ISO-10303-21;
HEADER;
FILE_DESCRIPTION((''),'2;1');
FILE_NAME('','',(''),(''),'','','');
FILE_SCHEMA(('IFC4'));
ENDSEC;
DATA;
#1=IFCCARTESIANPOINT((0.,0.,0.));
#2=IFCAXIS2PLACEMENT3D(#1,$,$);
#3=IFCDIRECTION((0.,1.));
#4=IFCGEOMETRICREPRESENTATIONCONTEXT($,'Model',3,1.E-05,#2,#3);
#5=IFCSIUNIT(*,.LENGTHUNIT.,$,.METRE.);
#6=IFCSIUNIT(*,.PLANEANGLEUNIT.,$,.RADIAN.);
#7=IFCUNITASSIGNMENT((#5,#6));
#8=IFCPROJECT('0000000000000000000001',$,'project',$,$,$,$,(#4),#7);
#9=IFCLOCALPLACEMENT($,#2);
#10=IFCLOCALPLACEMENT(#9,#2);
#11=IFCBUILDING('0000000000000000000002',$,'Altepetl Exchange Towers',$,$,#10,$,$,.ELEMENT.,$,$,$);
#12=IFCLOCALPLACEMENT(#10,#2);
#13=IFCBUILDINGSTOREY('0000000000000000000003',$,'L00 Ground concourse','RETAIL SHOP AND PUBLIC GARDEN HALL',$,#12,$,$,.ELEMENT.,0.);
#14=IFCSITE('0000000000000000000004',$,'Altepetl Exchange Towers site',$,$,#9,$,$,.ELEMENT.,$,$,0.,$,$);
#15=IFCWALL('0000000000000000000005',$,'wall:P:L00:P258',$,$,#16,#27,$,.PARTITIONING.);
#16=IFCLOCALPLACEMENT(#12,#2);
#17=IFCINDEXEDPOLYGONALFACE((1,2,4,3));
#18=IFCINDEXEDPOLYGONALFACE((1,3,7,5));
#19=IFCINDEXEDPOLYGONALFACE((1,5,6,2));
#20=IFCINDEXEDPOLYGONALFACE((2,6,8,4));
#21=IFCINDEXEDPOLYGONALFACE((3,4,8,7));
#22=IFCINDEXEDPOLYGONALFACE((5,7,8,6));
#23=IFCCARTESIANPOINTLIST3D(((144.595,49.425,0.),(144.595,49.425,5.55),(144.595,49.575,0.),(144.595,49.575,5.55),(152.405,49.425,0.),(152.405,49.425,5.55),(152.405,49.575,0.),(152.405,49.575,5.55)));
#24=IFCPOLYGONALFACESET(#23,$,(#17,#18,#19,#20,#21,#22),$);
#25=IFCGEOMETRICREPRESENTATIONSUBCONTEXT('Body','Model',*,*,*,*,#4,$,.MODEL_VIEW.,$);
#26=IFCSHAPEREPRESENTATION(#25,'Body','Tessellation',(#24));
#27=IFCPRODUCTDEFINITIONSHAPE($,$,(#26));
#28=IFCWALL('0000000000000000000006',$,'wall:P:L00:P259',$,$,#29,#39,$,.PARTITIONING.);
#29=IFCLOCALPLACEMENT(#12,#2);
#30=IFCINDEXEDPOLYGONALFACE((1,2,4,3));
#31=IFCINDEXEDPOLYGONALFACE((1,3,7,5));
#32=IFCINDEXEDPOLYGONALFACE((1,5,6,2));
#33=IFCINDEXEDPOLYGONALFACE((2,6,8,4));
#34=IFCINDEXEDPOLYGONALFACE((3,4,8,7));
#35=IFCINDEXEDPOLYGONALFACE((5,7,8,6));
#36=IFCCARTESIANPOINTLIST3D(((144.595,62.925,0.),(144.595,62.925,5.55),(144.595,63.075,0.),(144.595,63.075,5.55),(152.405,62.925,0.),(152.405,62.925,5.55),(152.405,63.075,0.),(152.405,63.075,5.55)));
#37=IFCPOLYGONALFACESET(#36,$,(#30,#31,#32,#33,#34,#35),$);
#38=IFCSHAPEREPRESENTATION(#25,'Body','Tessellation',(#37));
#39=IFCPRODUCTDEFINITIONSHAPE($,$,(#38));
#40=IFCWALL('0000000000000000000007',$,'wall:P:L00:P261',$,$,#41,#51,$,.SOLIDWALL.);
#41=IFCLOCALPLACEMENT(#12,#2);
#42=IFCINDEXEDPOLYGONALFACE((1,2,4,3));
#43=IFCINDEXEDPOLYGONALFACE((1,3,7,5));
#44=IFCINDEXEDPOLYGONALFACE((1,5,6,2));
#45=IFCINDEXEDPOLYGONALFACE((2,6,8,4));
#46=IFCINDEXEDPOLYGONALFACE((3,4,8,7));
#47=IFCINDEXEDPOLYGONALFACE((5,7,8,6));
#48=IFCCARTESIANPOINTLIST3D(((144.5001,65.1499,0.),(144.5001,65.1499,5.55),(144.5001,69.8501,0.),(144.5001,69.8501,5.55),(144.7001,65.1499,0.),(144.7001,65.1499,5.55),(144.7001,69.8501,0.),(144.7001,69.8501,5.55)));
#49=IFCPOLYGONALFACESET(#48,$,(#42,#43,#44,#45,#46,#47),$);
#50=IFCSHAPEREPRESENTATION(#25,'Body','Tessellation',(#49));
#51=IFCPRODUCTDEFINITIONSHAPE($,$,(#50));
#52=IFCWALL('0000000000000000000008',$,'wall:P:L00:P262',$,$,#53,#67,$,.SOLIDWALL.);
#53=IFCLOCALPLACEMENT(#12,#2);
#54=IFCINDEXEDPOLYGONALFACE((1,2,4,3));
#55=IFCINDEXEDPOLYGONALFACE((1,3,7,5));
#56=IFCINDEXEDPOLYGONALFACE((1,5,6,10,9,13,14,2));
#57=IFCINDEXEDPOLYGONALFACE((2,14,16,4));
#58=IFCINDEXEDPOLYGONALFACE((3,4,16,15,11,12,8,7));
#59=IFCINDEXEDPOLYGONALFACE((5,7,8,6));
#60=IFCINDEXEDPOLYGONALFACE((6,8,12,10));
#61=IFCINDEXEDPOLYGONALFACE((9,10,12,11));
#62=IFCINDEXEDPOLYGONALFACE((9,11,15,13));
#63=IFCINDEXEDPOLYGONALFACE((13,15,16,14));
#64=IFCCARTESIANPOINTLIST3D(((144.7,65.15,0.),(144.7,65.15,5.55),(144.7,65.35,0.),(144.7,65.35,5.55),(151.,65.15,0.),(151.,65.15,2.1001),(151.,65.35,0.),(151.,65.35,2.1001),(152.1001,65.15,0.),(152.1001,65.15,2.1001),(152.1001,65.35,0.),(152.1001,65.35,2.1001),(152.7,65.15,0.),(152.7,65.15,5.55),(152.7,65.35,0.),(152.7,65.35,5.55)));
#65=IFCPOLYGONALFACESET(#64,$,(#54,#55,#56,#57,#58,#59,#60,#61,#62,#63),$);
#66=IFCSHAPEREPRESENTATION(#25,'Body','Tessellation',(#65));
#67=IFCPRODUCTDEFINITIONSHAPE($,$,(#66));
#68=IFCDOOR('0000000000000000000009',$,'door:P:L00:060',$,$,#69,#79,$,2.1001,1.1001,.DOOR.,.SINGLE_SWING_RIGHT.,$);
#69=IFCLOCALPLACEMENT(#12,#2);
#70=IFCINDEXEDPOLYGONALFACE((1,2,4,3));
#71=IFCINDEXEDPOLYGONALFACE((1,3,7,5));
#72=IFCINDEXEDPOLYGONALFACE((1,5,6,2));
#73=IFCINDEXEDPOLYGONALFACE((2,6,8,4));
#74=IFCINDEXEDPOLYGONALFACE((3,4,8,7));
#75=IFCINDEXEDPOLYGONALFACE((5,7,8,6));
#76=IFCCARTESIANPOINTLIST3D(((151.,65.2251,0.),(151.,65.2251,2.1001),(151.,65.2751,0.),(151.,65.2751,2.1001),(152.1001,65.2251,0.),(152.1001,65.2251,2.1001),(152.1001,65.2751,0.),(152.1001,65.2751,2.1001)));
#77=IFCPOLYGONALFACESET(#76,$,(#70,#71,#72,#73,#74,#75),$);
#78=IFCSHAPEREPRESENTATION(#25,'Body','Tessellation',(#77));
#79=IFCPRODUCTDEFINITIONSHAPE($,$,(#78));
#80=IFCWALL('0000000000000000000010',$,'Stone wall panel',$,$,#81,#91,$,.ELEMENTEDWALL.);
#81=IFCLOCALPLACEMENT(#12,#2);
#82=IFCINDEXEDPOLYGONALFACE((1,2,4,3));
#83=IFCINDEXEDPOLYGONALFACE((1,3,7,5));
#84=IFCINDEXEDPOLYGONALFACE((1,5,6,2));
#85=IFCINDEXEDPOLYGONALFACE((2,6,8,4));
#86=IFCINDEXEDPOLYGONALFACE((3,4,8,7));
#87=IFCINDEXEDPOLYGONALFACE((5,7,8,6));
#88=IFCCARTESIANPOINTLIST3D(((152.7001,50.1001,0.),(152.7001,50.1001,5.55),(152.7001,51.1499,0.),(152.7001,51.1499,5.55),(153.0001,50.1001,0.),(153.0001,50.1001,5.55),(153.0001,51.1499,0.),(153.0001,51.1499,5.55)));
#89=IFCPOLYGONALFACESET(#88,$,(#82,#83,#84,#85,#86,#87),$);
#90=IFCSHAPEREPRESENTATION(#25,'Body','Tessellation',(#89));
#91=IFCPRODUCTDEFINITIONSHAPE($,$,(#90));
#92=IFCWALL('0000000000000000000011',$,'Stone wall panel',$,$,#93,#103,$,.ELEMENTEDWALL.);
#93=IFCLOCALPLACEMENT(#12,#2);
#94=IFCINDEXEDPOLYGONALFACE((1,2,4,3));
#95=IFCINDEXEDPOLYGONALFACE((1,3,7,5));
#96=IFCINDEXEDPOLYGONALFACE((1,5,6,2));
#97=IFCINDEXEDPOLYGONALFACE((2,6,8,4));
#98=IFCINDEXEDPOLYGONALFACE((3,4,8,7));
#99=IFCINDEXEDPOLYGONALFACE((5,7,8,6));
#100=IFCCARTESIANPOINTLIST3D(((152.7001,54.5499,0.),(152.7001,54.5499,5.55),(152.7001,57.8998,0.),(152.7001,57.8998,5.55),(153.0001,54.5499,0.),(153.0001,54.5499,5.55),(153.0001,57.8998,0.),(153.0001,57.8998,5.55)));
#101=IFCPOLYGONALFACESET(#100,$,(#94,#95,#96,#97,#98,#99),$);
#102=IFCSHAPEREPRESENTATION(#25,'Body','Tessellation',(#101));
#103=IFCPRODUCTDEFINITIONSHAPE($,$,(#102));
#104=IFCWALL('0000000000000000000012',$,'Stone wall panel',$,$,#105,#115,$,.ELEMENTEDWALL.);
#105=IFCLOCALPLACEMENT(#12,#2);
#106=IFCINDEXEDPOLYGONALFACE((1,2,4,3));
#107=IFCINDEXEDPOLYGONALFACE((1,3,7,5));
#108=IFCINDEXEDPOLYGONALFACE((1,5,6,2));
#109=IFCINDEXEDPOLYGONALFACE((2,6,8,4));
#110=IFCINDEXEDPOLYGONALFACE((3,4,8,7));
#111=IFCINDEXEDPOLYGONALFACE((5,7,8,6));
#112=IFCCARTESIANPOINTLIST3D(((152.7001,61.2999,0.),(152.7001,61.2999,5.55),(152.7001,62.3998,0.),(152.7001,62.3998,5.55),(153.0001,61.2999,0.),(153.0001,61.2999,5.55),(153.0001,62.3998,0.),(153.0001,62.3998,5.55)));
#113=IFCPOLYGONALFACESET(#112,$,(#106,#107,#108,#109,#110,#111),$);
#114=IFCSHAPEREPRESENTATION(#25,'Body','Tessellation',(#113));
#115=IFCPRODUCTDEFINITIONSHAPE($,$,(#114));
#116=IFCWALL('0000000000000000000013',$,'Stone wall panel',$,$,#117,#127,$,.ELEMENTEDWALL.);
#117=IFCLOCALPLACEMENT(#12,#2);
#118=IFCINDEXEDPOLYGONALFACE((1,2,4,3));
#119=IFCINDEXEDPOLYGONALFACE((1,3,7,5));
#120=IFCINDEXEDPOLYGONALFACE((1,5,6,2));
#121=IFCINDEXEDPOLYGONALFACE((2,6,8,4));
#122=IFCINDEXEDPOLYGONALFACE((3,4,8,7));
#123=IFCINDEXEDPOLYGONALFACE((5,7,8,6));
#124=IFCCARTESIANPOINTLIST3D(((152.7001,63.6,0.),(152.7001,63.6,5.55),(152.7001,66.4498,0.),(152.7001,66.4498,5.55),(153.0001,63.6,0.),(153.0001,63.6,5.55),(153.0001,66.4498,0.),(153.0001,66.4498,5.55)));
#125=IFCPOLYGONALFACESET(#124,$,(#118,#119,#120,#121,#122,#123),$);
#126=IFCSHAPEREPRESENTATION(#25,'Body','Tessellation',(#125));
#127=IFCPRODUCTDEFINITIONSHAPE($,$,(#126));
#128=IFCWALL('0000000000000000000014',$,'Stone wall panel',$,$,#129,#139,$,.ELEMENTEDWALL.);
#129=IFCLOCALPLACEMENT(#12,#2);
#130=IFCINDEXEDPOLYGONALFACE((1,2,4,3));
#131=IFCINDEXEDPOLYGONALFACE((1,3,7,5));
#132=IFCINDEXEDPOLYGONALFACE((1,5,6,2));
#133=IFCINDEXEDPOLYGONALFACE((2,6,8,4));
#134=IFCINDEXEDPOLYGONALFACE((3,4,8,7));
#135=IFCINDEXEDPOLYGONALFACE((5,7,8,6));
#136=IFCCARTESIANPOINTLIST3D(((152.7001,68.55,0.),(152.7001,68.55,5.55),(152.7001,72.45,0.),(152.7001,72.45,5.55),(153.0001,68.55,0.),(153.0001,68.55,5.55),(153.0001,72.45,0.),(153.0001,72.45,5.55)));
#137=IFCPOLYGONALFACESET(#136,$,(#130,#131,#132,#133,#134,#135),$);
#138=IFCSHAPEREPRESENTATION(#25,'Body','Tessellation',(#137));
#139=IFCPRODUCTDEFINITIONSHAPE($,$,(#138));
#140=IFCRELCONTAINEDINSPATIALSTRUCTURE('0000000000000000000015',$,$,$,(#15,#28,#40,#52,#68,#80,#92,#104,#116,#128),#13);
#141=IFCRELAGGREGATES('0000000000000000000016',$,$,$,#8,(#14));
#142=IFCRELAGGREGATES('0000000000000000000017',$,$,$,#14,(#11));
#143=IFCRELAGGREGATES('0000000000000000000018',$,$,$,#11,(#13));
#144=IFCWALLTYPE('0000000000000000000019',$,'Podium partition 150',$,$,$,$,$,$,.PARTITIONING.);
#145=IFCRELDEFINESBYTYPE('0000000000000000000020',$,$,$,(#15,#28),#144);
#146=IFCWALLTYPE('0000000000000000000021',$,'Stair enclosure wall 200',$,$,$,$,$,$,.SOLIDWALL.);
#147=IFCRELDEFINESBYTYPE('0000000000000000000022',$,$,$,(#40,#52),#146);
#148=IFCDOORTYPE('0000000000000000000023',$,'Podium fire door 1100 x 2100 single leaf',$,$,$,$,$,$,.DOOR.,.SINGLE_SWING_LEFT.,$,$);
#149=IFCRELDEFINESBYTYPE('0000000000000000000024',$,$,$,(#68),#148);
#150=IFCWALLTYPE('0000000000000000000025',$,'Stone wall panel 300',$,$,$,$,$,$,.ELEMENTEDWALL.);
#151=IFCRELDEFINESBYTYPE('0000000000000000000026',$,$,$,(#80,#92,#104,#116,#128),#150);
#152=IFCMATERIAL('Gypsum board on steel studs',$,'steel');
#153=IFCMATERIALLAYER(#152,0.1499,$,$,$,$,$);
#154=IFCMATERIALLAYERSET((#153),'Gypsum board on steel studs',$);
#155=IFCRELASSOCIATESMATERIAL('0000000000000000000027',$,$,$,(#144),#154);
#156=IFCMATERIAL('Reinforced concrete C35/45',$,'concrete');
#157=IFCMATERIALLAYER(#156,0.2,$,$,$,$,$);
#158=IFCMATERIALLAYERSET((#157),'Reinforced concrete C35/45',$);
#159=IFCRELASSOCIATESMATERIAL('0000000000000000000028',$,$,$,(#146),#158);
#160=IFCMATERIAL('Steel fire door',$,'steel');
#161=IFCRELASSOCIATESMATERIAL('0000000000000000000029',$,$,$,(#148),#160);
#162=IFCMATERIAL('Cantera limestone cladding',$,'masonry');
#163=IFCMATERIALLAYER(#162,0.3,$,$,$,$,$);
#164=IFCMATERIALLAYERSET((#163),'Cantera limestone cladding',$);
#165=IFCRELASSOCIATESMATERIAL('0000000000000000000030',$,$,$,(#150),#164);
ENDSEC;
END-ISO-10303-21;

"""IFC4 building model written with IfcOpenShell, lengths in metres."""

from ifc_helpers import new_model, si_unit, direction, frame, frame_2d, origin, place, context, subcontext, project, spatial, rectangle, extrude, material, layer, layer_set, type_object, element, fill, save


model = new_model("IFC4")

# Units and contexts
model_context = context("Model", 3, precision=1e-05, world=origin(), true_north=direction((0.0, 1.0)))
body_context = subcontext(model_context, "Body", "Model", "MODEL_VIEW")
ifc_project = project(units=[si_unit("LENGTHUNIT", "METRE"), si_unit("PLANEANGLEUNIT", "RADIAN")], contexts=[model_context])

# Site, building, storey
site_placement = place(None, origin())
site = spatial("IfcSite", under=ifc_project, at=site_placement, Name="Altepetl Exchange Towers site", CompositionType="ELEMENT", RefElevation=0.0)
building_placement = place(site_placement, origin())
building = spatial("IfcBuilding", under=site, at=building_placement, Name="Altepetl Exchange Towers", CompositionType="ELEMENT")
storey_placement = place(building_placement, origin())
storey = spatial("IfcBuildingStorey", under=building, at=storey_placement, Name="L00 Ground concourse", Description="RETAIL SHOP AND PUBLIC GARDEN HALL", CompositionType="ELEMENT", Elevation=0.0)

# Shared definitions
ifc_material_1 = material(Name="Gypsum board on steel studs", Category="steel")
ifc_layer_1 = layer(ifc_material_1, 0.1499)
ifc_layer_set_1 = layer_set([ifc_layer_1], Name="Gypsum board on steel studs")
wall_type_1 = type_object("IfcWallType", Name="Podium partition 150", PredefinedType="PARTITIONING", material=ifc_layer_set_1)

# Walls
for number, where, name in (
    (1, (144.595, 49.5, 0.0), "wall:P:L00:P258"),
    (2, (144.595, 63.0, 0.0), "wall:P:L00:P259"),
):
    element("IfcWall", number, at=place(storey_placement, frame(where)), inside=storey, type_object=wall_type_1, Name=name, PredefinedType="PARTITIONING", context=body_context, shape_type="SweptSolid", body=[
        extrude(rectangle(XDim=7.8101, YDim=0.1499, at=frame_2d((3.905, 0.0))), origin(), (0.0, 0.0, 1.0), 5.55),
    ])
ifc_material_2 = material(Name="Reinforced concrete C35/45", Category="concrete")
ifc_layer_2 = layer(ifc_material_2, 0.2)
ifc_layer_set_2 = layer_set([ifc_layer_2], Name="Reinforced concrete C35/45")
wall_type_2 = type_object("IfcWallType", Name="Stair enclosure wall 200", PredefinedType="SOLIDWALL", material=ifc_layer_set_2)
wall_1_placement = place(storey_placement, frame((144.6001, 65.1499, 0.0), z_axis=(0.0, 0.0, 1.0), x_axis=(0.0, 1.0, 0.0)))
element("IfcWall", 3, at=wall_1_placement, inside=storey, type_object=wall_type_2, Name="wall:P:L00:P261", PredefinedType="SOLIDWALL", context=body_context, shape_type="SweptSolid", body=[
    extrude(rectangle(XDim=4.7002, YDim=0.2, at=frame_2d((2.3501, 0.0))), origin(), (0.0, 0.0, 1.0), 5.55),
])

# Wall, opening, door
wall_2_placement = place(storey_placement, frame((144.7, 65.25, 0.0)))
wall_2 = element("IfcWall", 4, at=wall_2_placement, inside=storey, type_object=wall_type_2, Name="wall:P:L00:P262", PredefinedType="SOLIDWALL", context=body_context, shape_type="SweptSolid", body=[
    extrude(rectangle(XDim=8.0, YDim=0.2, at=frame_2d((4.0, 0.0))), origin(), (0.0, 0.0, 1.0), 5.55),
])
opening_1_placement = place(wall_2_placement, frame((6.3, 0.0, 0.0)))
opening_1 = element("IfcOpeningElement", 5, at=opening_1_placement, cuts=wall_2, PredefinedType="OPENING", context=body_context, shape_type="SweptSolid", body=[
    extrude(rectangle(XDim=1.1001, YDim=2.1001, at=frame_2d((0.55, 1.05))), frame((0.0, 0.1099, 0.0), z_axis=(0.0, -1.0, 0.0), x_axis=(1.0, 0.0, 0.0)), (0.0, 0.0, 1.0), 0.22),
])
ifc_material_3 = material(Name="Steel fire door", Category="steel")
door_type_1 = type_object("IfcDoorType", Name="Podium fire door 1100 x 2100 single leaf", OperationType="SINGLE_SWING_LEFT", PredefinedType="DOOR", material=ifc_material_3)
door_1_placement = place(opening_1_placement, frame((1.1001, 0.0, 0.0), x_axis=(-1.0, 0.0, 0.0)))
door_1 = element("IfcDoor", 6, at=door_1_placement, inside=storey, type_object=door_type_1, Name="door:P:L00:060", OperationType="SINGLE_SWING_RIGHT", OverallHeight=2.1001, OverallWidth=1.1001, PredefinedType="DOOR", context=body_context, shape_type="SweptSolid", body=[
    extrude(rectangle(XDim=1.1001, YDim=2.1001, at=frame_2d((0.55, 1.05))), frame((0.0, 0.0249, 0.0), z_axis=(0.0, -1.0, 0.0), x_axis=(1.0, 0.0, 0.0)), (0.0, 0.0, 1.0), 0.05),
])
fill(opening_1, door_1)

# Walls
ifc_material_4 = material(Name="Cantera limestone cladding", Category="masonry")
ifc_layer_3 = layer(ifc_material_4, 0.3)
ifc_layer_set_3 = layer_set([ifc_layer_3], Name="Cantera limestone cladding")
wall_type_3 = type_object("IfcWallType", Name="Stone wall panel 300", PredefinedType="ELEMENTEDWALL", material=ifc_layer_set_3)
wall_3_placement = place(storey_placement, frame((152.8501, 50.1001, 0.0), z_axis=(0.0, 0.0, 1.0), x_axis=(0.0, 1.0, 0.0)))
element("IfcWall", 7, at=wall_3_placement, inside=storey, type_object=wall_type_3, Name="Stone wall panel", PredefinedType="ELEMENTEDWALL", context=body_context, shape_type="SweptSolid", body=[
    extrude(rectangle(XDim=1.0498, YDim=0.3, at=frame_2d((0.5249, 0.0))), origin(), (0.0, 0.0, 1.0), 5.55),
])
wall_4_placement = place(storey_placement, frame((152.8501, 54.55, 0.0), z_axis=(0.0, 0.0, 1.0), x_axis=(0.0, 1.0, 0.0)))
element("IfcWall", 8, at=wall_4_placement, inside=storey, type_object=wall_type_3, Name="Stone wall panel", PredefinedType="ELEMENTEDWALL", context=body_context, shape_type="SweptSolid", body=[
    extrude(rectangle(XDim=3.3499, YDim=0.3, at=frame_2d((1.6748, 0.0))), origin(), (0.0, 0.0, 1.0), 5.55),
])
wall_5_placement = place(storey_placement, frame((152.8501, 61.3, 0.0), z_axis=(0.0, 0.0, 1.0), x_axis=(0.0, 1.0, 0.0)))
element("IfcWall", 9, at=wall_5_placement, inside=storey, type_object=wall_type_3, Name="Stone wall panel", PredefinedType="ELEMENTEDWALL", context=body_context, shape_type="SweptSolid", body=[
    extrude(rectangle(XDim=1.0999, YDim=0.3, at=frame_2d((0.5498, 0.0))), origin(), (0.0, 0.0, 1.0), 5.55),
])
wall_6_placement = place(storey_placement, frame((152.8501, 63.6001, 0.0), z_axis=(0.0, 0.0, 1.0), x_axis=(0.0, 1.0, 0.0)))
element("IfcWall", 10, at=wall_6_placement, inside=storey, type_object=wall_type_3, Name="Stone wall panel", PredefinedType="ELEMENTEDWALL", context=body_context, shape_type="SweptSolid", body=[
    extrude(rectangle(XDim=2.8499, YDim=0.3, at=frame_2d((1.4248, 0.0))), origin(), (0.0, 0.0, 1.0), 5.55),
])

# Wall
wall_7_placement = place(storey_placement, frame((152.8501, 68.55, 0.0), z_axis=(0.0, 0.0, 1.0), x_axis=(0.0, 1.0, 0.0)))
element("IfcWall", 11, at=wall_7_placement, inside=storey, type_object=wall_type_3, Name="Stone wall panel", PredefinedType="ELEMENTEDWALL", context=body_context, shape_type="SweptSolid", body=[
    extrude(rectangle(XDim=3.8999, YDim=0.3, at=frame_2d((1.95, 0.0))), origin(), (0.0, 0.0, 1.0), 5.55),
])

save(model, "model.ifc")
